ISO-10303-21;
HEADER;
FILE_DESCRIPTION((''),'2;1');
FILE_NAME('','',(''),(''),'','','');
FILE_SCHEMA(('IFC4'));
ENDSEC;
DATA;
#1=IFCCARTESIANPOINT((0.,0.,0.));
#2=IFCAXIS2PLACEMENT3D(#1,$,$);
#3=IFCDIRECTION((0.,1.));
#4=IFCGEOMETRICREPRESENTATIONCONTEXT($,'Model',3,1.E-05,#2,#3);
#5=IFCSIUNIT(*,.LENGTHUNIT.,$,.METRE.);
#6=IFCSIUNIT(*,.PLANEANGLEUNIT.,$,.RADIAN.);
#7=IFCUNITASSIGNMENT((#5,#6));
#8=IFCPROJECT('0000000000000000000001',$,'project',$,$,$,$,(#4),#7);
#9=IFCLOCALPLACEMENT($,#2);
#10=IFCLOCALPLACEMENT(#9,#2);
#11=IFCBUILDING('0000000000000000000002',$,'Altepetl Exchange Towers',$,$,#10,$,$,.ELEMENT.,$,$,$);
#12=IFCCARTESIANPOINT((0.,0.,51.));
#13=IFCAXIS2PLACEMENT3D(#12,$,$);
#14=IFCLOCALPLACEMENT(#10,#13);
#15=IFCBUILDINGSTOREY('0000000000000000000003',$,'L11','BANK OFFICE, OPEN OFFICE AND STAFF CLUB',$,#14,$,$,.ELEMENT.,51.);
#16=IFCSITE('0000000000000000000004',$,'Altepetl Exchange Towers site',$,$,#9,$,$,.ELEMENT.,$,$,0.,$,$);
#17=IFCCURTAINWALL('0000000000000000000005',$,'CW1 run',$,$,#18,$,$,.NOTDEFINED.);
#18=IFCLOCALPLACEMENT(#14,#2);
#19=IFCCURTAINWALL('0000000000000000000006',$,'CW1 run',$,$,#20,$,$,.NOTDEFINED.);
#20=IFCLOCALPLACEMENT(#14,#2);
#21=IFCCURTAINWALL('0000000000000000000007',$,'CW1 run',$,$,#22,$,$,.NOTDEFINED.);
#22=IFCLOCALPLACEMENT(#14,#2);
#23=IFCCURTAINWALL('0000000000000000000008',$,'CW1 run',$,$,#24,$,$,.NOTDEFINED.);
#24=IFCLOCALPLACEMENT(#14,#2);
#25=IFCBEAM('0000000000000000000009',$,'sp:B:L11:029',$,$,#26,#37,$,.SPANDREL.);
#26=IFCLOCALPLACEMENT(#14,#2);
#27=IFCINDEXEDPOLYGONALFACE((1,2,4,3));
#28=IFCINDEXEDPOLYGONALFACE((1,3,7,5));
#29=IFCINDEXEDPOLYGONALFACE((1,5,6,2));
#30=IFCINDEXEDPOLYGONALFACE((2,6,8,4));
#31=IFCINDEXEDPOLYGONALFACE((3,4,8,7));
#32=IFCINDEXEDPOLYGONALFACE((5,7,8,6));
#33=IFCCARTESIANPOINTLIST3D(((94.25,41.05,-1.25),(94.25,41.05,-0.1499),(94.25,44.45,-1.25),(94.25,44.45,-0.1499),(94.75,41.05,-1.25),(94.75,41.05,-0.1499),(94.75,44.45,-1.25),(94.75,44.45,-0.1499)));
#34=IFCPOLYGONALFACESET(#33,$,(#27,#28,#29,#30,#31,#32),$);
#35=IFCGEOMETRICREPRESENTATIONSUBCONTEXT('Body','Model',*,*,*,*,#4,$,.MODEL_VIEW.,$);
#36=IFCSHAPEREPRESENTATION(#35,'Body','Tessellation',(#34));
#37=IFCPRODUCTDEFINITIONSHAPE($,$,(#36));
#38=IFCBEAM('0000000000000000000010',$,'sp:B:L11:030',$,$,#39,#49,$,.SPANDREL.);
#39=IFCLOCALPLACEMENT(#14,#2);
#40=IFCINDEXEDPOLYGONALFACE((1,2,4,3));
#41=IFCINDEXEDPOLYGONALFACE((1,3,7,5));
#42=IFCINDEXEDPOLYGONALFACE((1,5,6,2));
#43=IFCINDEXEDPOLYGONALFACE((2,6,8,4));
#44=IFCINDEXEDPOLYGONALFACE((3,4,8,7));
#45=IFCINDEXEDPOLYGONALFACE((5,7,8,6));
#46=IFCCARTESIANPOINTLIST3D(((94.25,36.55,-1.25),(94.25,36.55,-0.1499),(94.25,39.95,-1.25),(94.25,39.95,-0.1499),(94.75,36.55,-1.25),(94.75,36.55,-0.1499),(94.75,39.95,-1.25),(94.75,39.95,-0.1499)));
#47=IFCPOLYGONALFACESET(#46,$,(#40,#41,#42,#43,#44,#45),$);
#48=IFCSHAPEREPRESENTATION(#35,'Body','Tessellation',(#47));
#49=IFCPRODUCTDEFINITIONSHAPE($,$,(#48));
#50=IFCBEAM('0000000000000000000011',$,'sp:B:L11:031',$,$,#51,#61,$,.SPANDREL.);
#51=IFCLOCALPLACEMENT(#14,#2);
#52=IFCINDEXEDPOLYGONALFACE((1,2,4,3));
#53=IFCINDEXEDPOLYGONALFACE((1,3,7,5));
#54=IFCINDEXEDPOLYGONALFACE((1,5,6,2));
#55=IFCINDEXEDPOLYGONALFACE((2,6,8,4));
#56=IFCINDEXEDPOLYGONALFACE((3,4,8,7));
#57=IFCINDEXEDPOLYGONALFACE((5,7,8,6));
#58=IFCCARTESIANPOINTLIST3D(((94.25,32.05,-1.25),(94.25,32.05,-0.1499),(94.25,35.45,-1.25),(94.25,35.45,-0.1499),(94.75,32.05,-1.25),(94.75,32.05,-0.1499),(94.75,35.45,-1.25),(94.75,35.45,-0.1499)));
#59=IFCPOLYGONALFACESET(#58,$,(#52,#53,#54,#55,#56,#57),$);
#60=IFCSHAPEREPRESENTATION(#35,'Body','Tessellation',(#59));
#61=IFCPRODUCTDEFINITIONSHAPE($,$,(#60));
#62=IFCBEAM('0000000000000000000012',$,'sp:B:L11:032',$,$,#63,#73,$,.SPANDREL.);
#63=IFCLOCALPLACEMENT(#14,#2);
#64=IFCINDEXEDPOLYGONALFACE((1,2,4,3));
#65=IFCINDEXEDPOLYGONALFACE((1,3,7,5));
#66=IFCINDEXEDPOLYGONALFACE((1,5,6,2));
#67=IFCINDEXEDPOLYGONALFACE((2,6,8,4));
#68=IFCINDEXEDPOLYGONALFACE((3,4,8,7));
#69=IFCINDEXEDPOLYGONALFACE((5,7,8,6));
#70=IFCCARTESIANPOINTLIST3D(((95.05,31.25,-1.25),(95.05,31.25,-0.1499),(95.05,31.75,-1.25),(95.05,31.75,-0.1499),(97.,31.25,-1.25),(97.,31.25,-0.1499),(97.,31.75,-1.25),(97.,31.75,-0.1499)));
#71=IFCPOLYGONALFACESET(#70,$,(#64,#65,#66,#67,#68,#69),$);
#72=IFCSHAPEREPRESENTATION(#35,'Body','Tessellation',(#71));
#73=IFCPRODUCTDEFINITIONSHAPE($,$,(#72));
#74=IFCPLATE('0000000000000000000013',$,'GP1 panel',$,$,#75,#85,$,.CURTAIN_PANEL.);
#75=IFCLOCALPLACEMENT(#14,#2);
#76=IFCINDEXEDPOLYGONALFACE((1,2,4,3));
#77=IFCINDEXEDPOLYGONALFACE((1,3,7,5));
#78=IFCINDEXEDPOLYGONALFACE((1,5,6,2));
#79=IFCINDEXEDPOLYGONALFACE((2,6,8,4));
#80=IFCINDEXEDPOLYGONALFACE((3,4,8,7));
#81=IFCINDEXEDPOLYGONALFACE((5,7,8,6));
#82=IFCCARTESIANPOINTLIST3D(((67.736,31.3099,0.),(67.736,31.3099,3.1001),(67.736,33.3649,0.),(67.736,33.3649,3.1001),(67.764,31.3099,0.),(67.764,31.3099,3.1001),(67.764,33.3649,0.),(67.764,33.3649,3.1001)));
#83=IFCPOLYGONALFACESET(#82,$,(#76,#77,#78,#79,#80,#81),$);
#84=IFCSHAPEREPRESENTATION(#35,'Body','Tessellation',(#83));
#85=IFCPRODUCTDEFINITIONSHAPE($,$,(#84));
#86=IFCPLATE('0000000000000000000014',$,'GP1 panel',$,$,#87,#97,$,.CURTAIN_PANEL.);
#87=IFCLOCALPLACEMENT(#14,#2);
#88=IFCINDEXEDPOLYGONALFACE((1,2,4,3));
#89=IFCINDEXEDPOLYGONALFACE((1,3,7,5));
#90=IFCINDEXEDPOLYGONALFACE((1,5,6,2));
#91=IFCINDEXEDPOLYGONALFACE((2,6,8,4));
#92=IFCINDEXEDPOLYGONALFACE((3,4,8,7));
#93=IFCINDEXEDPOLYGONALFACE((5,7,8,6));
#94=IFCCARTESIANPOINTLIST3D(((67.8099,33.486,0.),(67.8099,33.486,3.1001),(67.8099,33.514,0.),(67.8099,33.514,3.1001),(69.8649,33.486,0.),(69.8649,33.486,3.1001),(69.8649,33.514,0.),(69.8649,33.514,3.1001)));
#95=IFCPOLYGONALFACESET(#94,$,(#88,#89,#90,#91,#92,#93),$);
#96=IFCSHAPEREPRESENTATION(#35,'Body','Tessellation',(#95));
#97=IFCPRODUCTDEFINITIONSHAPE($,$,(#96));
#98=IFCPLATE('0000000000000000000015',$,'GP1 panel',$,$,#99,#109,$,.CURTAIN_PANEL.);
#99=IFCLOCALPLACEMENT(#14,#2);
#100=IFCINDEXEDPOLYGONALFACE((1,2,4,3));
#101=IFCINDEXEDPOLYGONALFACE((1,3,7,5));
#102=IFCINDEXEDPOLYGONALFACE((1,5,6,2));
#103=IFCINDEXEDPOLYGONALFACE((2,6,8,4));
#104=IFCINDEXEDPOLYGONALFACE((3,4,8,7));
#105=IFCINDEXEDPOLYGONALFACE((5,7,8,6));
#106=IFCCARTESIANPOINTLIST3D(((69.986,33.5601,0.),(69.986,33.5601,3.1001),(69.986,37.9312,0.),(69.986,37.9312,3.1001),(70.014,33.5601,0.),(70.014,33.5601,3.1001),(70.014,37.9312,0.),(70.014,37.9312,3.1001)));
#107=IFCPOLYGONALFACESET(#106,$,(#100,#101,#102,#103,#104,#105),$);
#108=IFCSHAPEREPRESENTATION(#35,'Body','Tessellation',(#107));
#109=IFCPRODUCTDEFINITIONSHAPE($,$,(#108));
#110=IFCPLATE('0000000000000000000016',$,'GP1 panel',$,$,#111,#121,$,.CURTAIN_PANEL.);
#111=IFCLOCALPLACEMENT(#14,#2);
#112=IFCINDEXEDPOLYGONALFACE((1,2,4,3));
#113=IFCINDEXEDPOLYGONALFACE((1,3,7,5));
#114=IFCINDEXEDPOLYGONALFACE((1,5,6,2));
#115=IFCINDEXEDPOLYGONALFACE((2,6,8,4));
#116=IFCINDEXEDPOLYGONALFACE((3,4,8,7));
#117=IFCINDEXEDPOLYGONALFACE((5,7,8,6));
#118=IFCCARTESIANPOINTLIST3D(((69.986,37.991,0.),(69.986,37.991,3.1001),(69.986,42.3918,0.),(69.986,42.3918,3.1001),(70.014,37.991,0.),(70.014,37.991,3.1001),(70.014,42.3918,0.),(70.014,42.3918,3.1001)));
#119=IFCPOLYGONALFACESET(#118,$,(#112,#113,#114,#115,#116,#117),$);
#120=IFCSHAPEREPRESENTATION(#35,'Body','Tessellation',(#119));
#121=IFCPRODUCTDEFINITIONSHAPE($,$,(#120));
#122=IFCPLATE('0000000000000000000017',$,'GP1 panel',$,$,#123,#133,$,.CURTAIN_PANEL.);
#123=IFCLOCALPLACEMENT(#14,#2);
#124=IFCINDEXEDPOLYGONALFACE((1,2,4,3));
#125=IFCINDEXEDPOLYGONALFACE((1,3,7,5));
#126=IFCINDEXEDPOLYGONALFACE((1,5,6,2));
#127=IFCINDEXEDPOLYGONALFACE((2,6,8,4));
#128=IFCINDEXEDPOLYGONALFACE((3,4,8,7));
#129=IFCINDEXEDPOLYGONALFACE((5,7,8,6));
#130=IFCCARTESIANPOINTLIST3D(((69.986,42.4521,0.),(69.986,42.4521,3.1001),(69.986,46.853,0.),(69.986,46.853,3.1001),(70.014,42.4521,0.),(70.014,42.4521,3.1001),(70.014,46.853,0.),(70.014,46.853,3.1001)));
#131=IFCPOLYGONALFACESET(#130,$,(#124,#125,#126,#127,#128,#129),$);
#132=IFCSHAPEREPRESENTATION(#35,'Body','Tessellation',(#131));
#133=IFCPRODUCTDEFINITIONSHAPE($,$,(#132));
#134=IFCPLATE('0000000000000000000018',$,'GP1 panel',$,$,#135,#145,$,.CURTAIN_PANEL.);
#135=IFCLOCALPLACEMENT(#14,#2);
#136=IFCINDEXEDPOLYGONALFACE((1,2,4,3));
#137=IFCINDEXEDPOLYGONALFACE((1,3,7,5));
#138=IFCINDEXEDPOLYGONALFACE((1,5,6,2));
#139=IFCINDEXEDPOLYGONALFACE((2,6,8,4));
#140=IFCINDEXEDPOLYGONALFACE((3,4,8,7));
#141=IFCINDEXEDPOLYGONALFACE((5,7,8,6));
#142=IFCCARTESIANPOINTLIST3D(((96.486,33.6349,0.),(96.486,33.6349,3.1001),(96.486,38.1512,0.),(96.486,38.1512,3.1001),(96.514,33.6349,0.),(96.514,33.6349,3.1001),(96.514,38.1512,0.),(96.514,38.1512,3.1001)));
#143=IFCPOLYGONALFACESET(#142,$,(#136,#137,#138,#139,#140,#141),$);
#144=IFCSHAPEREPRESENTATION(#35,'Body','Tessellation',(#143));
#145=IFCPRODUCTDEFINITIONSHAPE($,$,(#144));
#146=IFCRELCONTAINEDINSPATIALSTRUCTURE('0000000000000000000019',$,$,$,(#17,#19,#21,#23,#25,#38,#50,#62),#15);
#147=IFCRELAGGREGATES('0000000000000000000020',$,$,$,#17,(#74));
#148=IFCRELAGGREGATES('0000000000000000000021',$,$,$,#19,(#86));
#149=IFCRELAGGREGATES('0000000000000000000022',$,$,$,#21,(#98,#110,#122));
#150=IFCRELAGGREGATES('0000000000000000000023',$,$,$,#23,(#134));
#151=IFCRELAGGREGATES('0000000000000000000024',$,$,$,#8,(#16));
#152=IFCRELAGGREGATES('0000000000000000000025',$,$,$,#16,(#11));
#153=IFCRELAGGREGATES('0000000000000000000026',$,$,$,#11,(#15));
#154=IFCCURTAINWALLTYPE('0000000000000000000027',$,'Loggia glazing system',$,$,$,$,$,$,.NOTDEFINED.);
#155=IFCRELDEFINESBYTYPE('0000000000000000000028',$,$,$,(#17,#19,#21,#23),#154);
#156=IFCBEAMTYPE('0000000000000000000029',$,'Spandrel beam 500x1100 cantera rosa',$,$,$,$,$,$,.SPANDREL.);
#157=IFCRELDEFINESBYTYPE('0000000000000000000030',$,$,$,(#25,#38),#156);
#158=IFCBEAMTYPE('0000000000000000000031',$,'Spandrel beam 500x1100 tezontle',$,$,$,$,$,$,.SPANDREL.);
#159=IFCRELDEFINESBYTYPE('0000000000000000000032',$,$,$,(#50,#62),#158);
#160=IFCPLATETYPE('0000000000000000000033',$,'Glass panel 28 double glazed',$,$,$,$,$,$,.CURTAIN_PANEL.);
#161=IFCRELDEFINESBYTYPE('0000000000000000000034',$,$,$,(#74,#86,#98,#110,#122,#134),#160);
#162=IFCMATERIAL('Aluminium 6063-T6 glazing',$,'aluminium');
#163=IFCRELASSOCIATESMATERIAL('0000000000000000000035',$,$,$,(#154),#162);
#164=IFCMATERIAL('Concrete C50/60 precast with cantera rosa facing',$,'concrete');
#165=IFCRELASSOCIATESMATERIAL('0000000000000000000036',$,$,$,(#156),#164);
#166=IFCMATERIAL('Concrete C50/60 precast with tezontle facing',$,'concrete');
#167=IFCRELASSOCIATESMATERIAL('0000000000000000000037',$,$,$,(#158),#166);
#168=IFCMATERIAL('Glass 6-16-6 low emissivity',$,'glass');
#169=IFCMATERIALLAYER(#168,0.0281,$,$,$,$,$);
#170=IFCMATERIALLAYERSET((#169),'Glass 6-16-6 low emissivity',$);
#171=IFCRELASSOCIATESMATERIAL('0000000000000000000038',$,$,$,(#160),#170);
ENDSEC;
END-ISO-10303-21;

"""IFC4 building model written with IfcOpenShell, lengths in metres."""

from ifc_helpers import new_model, si_unit, direction, frame, origin, origin_2d, place, context, subcontext, project, spatial, rectangle, extrude, material, layer, layer_set, material_profile, profile_set, type_object, element, aggregate, save


model = new_model("IFC4")

# Units and contexts
model_context = context("Model", 3, precision=1e-05, world=origin(), true_north=direction((0.0, 1.0)))
body_context = subcontext(model_context, "Body", "Model", "MODEL_VIEW")
ifc_project = project(units=[si_unit("LENGTHUNIT", "METRE"), si_unit("PLANEANGLEUNIT", "RADIAN")], contexts=[model_context])

# Site, building, storey
site_placement = place(None, origin())
site = spatial("IfcSite", under=ifc_project, at=site_placement, Name="Altepetl Exchange Towers site", CompositionType="ELEMENT", RefElevation=0.0)
building_placement = place(site_placement, origin())
building = spatial("IfcBuilding", under=site, at=building_placement, Name="Altepetl Exchange Towers", CompositionType="ELEMENT")
storey_placement = place(building_placement, frame((0.0, 0.0, 51.0)))
storey = spatial("IfcBuildingStorey", under=building, at=storey_placement, Name="L11", Description="BANK OFFICE, OPEN OFFICE AND STAFF CLUB", CompositionType="ELEMENT", Elevation=51.0)

# Shared definitions
ifc_material_1 = material(Name="Aluminium 6063-T6 glazing", Category="aluminium")
curtain_wall_type = type_object("IfcCurtainWallType", Name="Loggia glazing system", PredefinedType="NOTDEFINED", material=ifc_material_1)

# Curtain walls
curtain_wall_1_placement = place(storey_placement, origin())
curtain_wall_1 = element("IfcCurtainWall", 1, at=curtain_wall_1_placement, inside=storey, type_object=curtain_wall_type, Name="CW1 run", PredefinedType="NOTDEFINED")
curtain_wall_2_placement = place(storey_placement, origin())
curtain_wall_2 = element("IfcCurtainWall", 2, at=curtain_wall_2_placement, inside=storey, type_object=curtain_wall_type, Name="CW1 run", PredefinedType="NOTDEFINED")
curtain_wall_3_placement = place(storey_placement, origin())
curtain_wall_3 = element("IfcCurtainWall", 3, at=curtain_wall_3_placement, inside=storey, type_object=curtain_wall_type, Name="CW1 run", PredefinedType="NOTDEFINED")
curtain_wall_4_placement = place(storey_placement, origin())
curtain_wall_4 = element("IfcCurtainWall", 4, at=curtain_wall_4_placement, inside=storey, type_object=curtain_wall_type, Name="CW1 run", PredefinedType="NOTDEFINED")

# Beams
ifc_material_2 = material(Name="Concrete C50/60 precast with cantera rosa facing", Category="concrete")
ifc_material_profile_1 = material_profile(ifc_material_2, rectangle(XDim=0.5, YDim=1.1001, at=origin_2d()), Name="500 x 1100")
ifc_profile_set_1 = profile_set([ifc_material_profile_1], Name="Concrete C50/60 precast with cantera rosa facing")
beam_type_1 = type_object("IfcBeamType", Name="Spandrel beam 500x1100 cantera rosa", PredefinedType="SPANDREL", material=ifc_profile_set_1)
for number, where, z_axis, x_axis, name in (
    (5, (94.5, 44.45, -0.7), (0.0, -1.0, 0.0), (1.0, 0.0, 0.0), "sp:B:L11:029"),
    (6, (94.5, 39.95, -0.7), (0.0, -1.0, 0.0), (1.0, 0.0, 0.0), "sp:B:L11:030"),
):
    element("IfcBeam", number, at=place(storey_placement, frame(where, z_axis=z_axis, x_axis=x_axis)), inside=storey, type_object=beam_type_1, Name=name, PredefinedType="SPANDREL", context=body_context, shape_type="SweptSolid", body=[
        extrude(rectangle(XDim=0.5, YDim=1.1001, at=origin_2d()), origin(), (0.0, 0.0, 1.0), 3.3999),
    ])
ifc_material_3 = material(Name="Concrete C50/60 precast with tezontle facing", Category="concrete")
ifc_material_profile_2 = material_profile(ifc_material_3, rectangle(XDim=0.5, YDim=1.1001, at=origin_2d()), Name="500 x 1100")
ifc_profile_set_2 = profile_set([ifc_material_profile_2], Name="Concrete C50/60 precast with tezontle facing")
beam_type_2 = type_object("IfcBeamType", Name="Spandrel beam 500x1100 tezontle", PredefinedType="SPANDREL", material=ifc_profile_set_2)
beam_1_placement = place(storey_placement, frame((94.5, 35.45, -0.7), z_axis=(0.0, -1.0, 0.0), x_axis=(1.0, 0.0, 0.0)))
element("IfcBeam", 7, at=beam_1_placement, inside=storey, type_object=beam_type_2, Name="sp:B:L11:031", PredefinedType="SPANDREL", context=body_context, shape_type="SweptSolid", body=[
    extrude(rectangle(XDim=0.5, YDim=1.1001, at=origin_2d()), origin(), (0.0, 0.0, 1.0), 3.3999),
])
beam_2_placement = place(storey_placement, frame((95.05, 31.5, -0.7), z_axis=(1.0, 0.0, 0.0), x_axis=(0.0, 1.0, 0.0)))
element("IfcBeam", 8, at=beam_2_placement, inside=storey, type_object=beam_type_2, Name="sp:B:L11:032", PredefinedType="SPANDREL", context=body_context, shape_type="SweptSolid", body=[
    extrude(rectangle(XDim=0.5, YDim=1.1001, at=origin_2d()), origin(), (0.0, 0.0, 1.0), 1.95),
])

# Plates
ifc_material_4 = material(Name="Glass 6-16-6 low emissivity", Category="glass")
ifc_layer = layer(ifc_material_4, 0.0281)
ifc_layer_set = layer_set([ifc_layer], Name="Glass 6-16-6 low emissivity")
plate_type = type_object("IfcPlateType", Name="Glass panel 28 double glazed", PredefinedType="CURTAIN_PANEL", material=ifc_layer_set)
plate_1_placement = place(storey_placement, frame((67.75, 32.3374, 0.0), z_axis=(0.0, 0.0, 1.0), x_axis=(0.0, 1.0, 0.0)))
plate_1 = element("IfcPlate", 9, at=plate_1_placement, type_object=plate_type, Name="GP1 panel", PredefinedType="CURTAIN_PANEL", context=body_context, shape_type="SweptSolid", body=[
    extrude(rectangle(XDim=2.0549, YDim=0.0281, at=origin_2d()), origin(), (0.0, 0.0, 1.0), 3.1001),
])
aggregate(curtain_wall_1, [plate_1])
plate_2_placement = place(storey_placement, frame((68.8374, 33.5, 0.0)))
plate_2 = element("IfcPlate", 10, at=plate_2_placement, type_object=plate_type, Name="GP1 panel", PredefinedType="CURTAIN_PANEL", context=body_context, shape_type="SweptSolid", body=[
    extrude(rectangle(XDim=2.0549, YDim=0.0281, at=origin_2d()), origin(), (0.0, 0.0, 1.0), 3.1001),
])
aggregate(curtain_wall_2, [plate_2])
plate_3_placement = place(storey_placement, frame((70.0, 35.7456, 0.0), z_axis=(0.0, 0.0, 1.0), x_axis=(0.0, 1.0, 0.0)))
plate_3 = element("IfcPlate", 11, at=plate_3_placement, type_object=plate_type, Name="GP1 panel", PredefinedType="CURTAIN_PANEL", context=body_context, shape_type="SweptSolid", body=[
    extrude(rectangle(XDim=4.3711, YDim=0.0281, at=origin_2d()), origin(), (0.0, 0.0, 1.0), 3.1001),
])
plate_4_placement = place(storey_placement, frame((70.0, 40.1914, 0.0), z_axis=(0.0, 0.0, 1.0), x_axis=(0.0, 1.0, 0.0)))
plate_4 = element("IfcPlate", 12, at=plate_4_placement, type_object=plate_type, Name="GP1 panel", PredefinedType="CURTAIN_PANEL", context=body_context, shape_type="SweptSolid", body=[
    extrude(rectangle(XDim=4.4009, YDim=0.0281, at=origin_2d()), origin(), (0.0, 0.0, 1.0), 3.1001),
])
plate_5_placement = place(storey_placement, frame((70.0, 44.6526, 0.0), z_axis=(0.0, 0.0, 1.0), x_axis=(0.0, 1.0, 0.0)))
plate_5 = element("IfcPlate", 13, at=plate_5_placement, type_object=plate_type, Name="GP1 panel", PredefinedType="CURTAIN_PANEL", context=body_context, shape_type="SweptSolid", body=[
    extrude(rectangle(XDim=4.4009, YDim=0.0281, at=origin_2d()), origin(), (0.0, 0.0, 1.0), 3.1001),
])
aggregate(curtain_wall_3, [plate_3, plate_4, plate_5])
plate_6_placement = place(storey_placement, frame((96.5, 35.8931, 0.0), z_axis=(0.0, 0.0, 1.0), x_axis=(0.0, -1.0, 0.0)))
plate_6 = element("IfcPlate", 14, at=plate_6_placement, type_object=plate_type, Name="GP1 panel", PredefinedType="CURTAIN_PANEL", context=body_context, shape_type="SweptSolid", body=[
    extrude(rectangle(XDim=4.5164, YDim=0.0281, at=origin_2d()), origin(), (0.0, 0.0, 1.0), 3.1001),
])
aggregate(curtain_wall_4, [plate_6])

save(model, "model.ifc")
